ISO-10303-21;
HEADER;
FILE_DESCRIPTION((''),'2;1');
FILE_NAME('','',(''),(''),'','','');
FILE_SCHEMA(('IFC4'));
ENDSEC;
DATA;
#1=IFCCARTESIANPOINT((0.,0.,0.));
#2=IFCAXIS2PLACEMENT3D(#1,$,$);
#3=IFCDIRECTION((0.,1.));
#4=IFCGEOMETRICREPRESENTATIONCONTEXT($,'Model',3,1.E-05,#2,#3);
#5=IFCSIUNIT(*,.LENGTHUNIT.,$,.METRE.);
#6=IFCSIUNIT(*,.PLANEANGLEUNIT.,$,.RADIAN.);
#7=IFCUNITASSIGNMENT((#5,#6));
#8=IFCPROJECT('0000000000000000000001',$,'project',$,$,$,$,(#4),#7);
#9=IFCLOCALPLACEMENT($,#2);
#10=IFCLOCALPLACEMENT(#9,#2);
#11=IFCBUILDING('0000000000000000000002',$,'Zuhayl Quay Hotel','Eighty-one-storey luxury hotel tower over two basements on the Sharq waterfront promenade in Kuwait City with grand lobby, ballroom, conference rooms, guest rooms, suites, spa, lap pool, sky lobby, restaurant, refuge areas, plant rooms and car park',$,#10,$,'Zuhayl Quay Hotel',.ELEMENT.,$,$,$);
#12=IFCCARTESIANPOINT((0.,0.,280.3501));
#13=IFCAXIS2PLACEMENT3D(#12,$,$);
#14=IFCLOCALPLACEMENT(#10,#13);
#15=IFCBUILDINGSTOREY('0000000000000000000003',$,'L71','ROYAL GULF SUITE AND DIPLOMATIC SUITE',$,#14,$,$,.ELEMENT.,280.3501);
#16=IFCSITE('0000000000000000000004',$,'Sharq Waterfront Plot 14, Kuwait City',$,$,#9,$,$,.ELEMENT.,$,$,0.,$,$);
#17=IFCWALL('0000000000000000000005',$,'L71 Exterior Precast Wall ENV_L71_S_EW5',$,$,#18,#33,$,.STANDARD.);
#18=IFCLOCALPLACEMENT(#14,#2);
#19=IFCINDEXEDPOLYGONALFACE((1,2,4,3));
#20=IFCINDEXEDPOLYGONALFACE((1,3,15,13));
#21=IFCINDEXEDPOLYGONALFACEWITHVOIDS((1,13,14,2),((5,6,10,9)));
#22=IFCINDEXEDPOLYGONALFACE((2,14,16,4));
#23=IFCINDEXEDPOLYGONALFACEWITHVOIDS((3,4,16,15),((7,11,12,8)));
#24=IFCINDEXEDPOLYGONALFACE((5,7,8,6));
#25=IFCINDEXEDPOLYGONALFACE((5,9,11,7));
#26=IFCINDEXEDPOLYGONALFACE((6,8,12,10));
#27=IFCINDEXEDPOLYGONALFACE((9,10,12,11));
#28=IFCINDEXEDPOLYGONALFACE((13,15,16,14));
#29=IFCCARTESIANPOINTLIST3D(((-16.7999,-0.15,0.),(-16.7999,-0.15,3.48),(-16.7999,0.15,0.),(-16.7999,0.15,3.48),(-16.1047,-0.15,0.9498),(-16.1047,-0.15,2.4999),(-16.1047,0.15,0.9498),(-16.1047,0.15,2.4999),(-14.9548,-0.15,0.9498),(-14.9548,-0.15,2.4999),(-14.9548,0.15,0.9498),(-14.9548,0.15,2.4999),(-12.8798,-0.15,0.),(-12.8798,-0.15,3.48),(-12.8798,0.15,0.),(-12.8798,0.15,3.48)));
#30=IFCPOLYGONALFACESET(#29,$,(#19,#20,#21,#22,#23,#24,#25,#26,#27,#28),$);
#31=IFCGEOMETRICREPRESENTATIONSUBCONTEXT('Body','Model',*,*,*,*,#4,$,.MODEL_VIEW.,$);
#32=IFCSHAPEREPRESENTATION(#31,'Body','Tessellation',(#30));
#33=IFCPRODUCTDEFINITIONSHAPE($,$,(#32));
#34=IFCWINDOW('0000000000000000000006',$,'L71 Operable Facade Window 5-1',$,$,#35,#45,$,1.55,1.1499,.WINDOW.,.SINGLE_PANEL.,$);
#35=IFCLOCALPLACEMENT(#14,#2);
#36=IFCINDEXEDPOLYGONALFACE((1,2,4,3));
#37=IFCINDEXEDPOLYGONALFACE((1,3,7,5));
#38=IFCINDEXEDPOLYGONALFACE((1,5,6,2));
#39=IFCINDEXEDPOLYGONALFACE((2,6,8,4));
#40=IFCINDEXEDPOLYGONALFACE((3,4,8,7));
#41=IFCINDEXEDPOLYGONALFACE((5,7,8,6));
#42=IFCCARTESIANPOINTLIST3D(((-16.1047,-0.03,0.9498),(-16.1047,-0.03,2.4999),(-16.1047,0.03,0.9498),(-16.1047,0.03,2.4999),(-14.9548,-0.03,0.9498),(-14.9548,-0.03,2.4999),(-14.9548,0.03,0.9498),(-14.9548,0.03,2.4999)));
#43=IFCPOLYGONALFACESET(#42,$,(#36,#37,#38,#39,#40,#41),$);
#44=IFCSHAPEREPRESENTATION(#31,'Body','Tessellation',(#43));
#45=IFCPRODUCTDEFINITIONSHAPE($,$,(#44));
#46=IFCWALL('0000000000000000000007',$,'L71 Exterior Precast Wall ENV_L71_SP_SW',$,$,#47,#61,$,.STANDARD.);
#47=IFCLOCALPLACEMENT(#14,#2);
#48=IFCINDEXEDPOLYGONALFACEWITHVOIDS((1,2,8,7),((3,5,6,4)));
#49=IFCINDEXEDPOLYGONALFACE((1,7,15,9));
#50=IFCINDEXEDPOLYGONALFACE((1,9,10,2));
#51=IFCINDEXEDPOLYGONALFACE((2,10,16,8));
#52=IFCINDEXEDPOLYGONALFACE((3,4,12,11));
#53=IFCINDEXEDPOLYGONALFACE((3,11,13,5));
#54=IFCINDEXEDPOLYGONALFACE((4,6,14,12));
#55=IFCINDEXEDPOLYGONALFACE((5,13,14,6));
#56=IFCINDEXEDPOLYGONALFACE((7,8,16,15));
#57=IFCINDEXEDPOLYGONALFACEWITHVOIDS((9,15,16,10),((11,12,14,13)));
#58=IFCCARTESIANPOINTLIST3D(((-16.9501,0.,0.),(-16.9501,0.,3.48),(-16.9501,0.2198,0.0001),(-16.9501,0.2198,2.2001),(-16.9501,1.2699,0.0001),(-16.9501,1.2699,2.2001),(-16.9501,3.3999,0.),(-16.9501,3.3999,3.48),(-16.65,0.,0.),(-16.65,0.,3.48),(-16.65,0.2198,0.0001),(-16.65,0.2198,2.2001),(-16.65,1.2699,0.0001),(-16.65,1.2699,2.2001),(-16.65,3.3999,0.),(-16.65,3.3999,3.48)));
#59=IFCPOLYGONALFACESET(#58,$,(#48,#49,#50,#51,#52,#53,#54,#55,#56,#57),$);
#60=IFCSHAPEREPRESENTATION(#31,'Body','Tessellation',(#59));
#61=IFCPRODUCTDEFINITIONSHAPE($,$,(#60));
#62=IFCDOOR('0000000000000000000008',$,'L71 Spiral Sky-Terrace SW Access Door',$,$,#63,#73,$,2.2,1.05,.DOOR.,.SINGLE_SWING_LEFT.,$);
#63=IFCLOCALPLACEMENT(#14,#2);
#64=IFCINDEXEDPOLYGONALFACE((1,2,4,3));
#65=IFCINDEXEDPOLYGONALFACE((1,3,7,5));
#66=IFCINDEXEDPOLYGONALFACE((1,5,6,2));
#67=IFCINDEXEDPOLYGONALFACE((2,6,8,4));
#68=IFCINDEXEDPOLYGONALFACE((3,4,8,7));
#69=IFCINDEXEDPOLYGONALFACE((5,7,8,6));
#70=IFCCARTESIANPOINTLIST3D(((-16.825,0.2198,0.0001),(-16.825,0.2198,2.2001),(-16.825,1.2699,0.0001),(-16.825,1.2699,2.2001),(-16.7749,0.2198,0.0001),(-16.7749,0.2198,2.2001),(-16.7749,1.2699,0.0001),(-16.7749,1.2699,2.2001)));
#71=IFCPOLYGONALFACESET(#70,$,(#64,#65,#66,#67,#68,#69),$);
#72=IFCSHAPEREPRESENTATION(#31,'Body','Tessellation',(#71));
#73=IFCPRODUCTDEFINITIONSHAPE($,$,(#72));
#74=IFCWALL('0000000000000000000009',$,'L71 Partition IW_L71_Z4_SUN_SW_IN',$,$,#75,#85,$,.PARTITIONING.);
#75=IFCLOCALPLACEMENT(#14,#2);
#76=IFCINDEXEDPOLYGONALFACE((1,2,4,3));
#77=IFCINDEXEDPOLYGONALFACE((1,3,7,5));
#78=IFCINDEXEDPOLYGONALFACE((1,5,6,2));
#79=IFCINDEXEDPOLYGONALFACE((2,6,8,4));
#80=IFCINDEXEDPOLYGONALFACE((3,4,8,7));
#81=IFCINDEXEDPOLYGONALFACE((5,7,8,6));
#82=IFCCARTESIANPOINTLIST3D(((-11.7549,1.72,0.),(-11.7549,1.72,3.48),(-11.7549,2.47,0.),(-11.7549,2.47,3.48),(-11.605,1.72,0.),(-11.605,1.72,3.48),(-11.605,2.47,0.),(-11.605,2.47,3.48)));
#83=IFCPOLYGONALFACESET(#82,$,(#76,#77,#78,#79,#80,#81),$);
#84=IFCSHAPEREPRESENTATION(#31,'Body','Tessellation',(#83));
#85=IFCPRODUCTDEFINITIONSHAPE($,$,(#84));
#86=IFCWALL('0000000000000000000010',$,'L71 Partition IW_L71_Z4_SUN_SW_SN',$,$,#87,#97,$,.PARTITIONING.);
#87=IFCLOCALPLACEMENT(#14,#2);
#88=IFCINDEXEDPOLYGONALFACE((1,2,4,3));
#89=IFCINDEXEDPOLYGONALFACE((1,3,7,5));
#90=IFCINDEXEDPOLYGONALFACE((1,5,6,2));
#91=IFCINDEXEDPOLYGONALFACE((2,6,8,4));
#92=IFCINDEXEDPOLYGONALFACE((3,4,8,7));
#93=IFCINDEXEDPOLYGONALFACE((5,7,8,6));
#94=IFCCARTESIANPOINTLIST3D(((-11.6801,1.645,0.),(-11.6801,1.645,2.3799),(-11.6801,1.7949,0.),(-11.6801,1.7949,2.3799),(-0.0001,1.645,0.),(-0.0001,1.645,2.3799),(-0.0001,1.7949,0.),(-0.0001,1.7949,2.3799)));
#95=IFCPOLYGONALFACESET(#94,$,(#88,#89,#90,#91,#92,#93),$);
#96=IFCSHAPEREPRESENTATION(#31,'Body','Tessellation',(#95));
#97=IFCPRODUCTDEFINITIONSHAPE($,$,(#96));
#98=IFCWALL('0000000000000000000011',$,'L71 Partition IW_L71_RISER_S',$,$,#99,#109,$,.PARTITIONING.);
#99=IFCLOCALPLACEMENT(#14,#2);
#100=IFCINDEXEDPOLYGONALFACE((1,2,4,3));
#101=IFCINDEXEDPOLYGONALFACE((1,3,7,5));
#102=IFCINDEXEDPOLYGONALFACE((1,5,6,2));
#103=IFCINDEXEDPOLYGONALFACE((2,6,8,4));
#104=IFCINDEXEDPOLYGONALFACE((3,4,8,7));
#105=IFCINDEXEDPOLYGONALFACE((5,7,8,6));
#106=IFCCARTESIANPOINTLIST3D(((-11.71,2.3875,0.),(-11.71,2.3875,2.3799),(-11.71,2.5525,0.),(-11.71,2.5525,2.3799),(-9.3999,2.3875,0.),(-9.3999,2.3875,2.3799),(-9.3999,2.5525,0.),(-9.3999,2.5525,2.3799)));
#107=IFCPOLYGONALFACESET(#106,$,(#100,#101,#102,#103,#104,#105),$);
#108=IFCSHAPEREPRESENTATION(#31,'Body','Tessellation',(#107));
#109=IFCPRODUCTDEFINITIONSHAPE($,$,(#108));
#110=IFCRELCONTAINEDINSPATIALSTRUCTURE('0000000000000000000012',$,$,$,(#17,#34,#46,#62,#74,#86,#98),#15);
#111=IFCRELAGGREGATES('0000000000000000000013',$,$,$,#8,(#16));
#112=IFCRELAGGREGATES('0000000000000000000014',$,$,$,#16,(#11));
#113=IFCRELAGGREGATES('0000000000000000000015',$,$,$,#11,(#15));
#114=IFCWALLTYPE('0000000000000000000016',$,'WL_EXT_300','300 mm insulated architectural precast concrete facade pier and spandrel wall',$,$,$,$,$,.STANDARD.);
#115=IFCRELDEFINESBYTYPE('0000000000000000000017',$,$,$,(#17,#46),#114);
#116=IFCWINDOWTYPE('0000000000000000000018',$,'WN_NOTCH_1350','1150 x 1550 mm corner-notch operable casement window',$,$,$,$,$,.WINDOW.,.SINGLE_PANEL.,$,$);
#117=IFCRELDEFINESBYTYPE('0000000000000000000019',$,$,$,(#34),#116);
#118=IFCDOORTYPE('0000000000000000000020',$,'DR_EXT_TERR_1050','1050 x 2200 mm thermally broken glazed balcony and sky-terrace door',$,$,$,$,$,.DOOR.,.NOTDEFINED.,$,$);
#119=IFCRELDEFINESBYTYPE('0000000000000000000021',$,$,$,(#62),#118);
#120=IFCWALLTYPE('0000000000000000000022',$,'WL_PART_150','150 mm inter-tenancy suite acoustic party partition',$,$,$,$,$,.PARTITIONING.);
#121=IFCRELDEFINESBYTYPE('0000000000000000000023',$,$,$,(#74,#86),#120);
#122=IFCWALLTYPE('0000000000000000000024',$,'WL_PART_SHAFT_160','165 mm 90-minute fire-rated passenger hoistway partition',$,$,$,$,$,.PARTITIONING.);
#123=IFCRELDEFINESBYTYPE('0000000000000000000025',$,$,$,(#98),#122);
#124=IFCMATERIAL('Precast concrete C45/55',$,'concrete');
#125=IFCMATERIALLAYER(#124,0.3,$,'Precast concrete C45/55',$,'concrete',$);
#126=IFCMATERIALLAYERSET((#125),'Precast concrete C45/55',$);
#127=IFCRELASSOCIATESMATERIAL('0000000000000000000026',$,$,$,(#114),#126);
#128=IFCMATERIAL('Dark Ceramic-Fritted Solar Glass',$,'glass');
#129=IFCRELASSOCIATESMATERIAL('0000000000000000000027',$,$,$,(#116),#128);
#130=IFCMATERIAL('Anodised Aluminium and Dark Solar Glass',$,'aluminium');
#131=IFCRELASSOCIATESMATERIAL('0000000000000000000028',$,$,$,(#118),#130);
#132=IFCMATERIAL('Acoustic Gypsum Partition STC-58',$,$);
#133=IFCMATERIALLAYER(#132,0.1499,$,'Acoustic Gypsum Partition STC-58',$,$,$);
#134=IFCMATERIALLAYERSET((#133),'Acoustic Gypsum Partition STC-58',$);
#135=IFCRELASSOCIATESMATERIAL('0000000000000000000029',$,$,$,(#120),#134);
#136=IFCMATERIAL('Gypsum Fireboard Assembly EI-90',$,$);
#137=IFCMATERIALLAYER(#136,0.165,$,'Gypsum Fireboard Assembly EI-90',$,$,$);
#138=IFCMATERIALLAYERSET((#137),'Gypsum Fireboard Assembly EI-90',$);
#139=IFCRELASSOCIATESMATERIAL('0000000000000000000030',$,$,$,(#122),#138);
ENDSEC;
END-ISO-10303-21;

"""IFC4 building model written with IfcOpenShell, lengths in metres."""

from ifc_helpers import new_model, si_unit, direction, frame, frame_2d, origin, place, context, subcontext, project, spatial, rectangle, extrude, material, layer, layer_set, type_object, element, fill, save


model = new_model("IFC4")

# Units and contexts
model_context = context("Model", 3, precision=1e-05, world=origin(), true_north=direction((0.0, 1.0)))
body_context = subcontext(model_context, "Body", "Model", "MODEL_VIEW")
ifc_project = project(units=[si_unit("LENGTHUNIT", "METRE"), si_unit("PLANEANGLEUNIT", "RADIAN")], contexts=[model_context])

# Site, building, storey
site_placement = place(None, origin())
site = spatial("IfcSite", under=ifc_project, at=site_placement, Name="Sharq Waterfront Plot 14, Kuwait City", CompositionType="ELEMENT", RefElevation=0.0)
building_placement = place(site_placement, origin())
building = spatial("IfcBuilding", under=site, at=building_placement, Name="Zuhayl Quay Hotel", Description="Eighty-one-storey luxury hotel tower over two basements on the Sharq waterfront promenade in Kuwait City with grand lobby, ballroom, conference rooms, guest rooms, suites, spa, lap pool, sky lobby, restaurant, refuge areas, plant rooms and car park", LongName="Zuhayl Quay Hotel", CompositionType="ELEMENT")
storey_placement = place(building_placement, frame((0.0, 0.0, 280.3501)))
storey = spatial("IfcBuildingStorey", under=building, at=storey_placement, Name="L71", Description="ROYAL GULF SUITE AND DIPLOMATIC SUITE", CompositionType="ELEMENT", Elevation=280.3501)

# Shared definitions
ifc_material_1 = material(Name="Precast concrete C45/55", Category="concrete")
ifc_layer_1 = layer(ifc_material_1, 0.3, Name="Precast concrete C45/55", Category="concrete")
ifc_layer_set_1 = layer_set([ifc_layer_1], Name="Precast concrete C45/55")
wall_type_1 = type_object("IfcWallType", Name="WL_EXT_300", Description="300 mm insulated architectural precast concrete facade pier and spandrel wall", PredefinedType="STANDARD", material=ifc_layer_set_1)

# Wall, opening, window
wall_1_placement = place(storey_placement, frame((-12.8799, 0.0, 0.0), z_axis=(0.0, 0.0, 1.0), x_axis=(-1.0, 0.0, 0.0)))
wall_1 = element("IfcWall", 1, at=wall_1_placement, inside=storey, type_object=wall_type_1, Name="L71 Exterior Precast Wall ENV_L71_S_EW5", PredefinedType="STANDARD", context=body_context, shape_type="SweptSolid", body=[
    extrude(rectangle(XDim=3.9202, YDim=0.3, at=frame_2d((1.96, 0.0))), origin(), (0.0, 0.0, 1.0), 3.48),
])
opening_1_placement = place(wall_1_placement, frame((2.075, 0.0, 0.95)))
opening_1 = element("IfcOpeningElement", 2, at=opening_1_placement, cuts=wall_1, PredefinedType="OPENING", context=body_context, shape_type="SweptSolid", body=[
    extrude(rectangle(XDim=1.1499, YDim=1.55, at=frame_2d((0.575, 0.7749))), frame((0.0, 0.1599, 0.0), z_axis=(0.0, -1.0, 0.0), x_axis=(1.0, 0.0, 0.0)), (0.0, 0.0, 1.0), 0.3201),
])
ifc_material_2 = material(Name="Dark Ceramic-Fritted Solar Glass", Category="glass")
window_type = type_object("IfcWindowType", Name="WN_NOTCH_1350", Description="1150 x 1550 mm corner-notch operable casement window", PartitioningType="SINGLE_PANEL", PredefinedType="WINDOW", material=ifc_material_2)
window_placement = place(opening_1_placement, origin())
window = element("IfcWindow", 3, at=window_placement, inside=storey, type_object=window_type, Name="L71 Operable Facade Window 5-1", OverallHeight=1.55, OverallWidth=1.1499, PartitioningType="SINGLE_PANEL", PredefinedType="WINDOW", context=body_context, shape_type="SweptSolid", body=[
    extrude(rectangle(XDim=1.1499, YDim=1.55, at=frame_2d((0.575, 0.7749))), frame((0.0, 0.03, 0.0), z_axis=(0.0, -1.0, 0.0), x_axis=(1.0, 0.0, 0.0)), (0.0, 0.0, 1.0), 0.0601),
])
fill(opening_1, window)

# Wall, opening, door
wall_2_placement = place(storey_placement, frame((-16.8, 0.0, 0.0), z_axis=(0.0, 0.0, 1.0), x_axis=(0.0, 1.0, 0.0)))
wall_2 = element("IfcWall", 4, at=wall_2_placement, inside=storey, type_object=wall_type_1, Name="L71 Exterior Precast Wall ENV_L71_SP_SW", PredefinedType="STANDARD", context=body_context, shape_type="SweptSolid", body=[
    extrude(rectangle(XDim=3.3999, YDim=0.3, at=frame_2d((1.7, 0.0))), origin(), (0.0, 0.0, 1.0), 3.48),
])
opening_2_placement = place(wall_2_placement, frame((0.22, 0.0, 0.0)))
opening_2 = element("IfcOpeningElement", 5, at=opening_2_placement, cuts=wall_2, PredefinedType="OPENING", context=body_context, shape_type="SweptSolid", body=[
    extrude(rectangle(XDim=1.05, YDim=2.2, at=frame_2d((0.5249, 1.1001))), frame((0.0, 0.1599, 0.0), z_axis=(0.0, -1.0, 0.0), x_axis=(1.0, 0.0, 0.0)), (0.0, 0.0, 1.0), 0.3201),
])
ifc_material_3 = material(Name="Anodised Aluminium and Dark Solar Glass", Category="aluminium")
door_type_1 = type_object("IfcDoorType", Name="DR_EXT_TERR_1050", Description="1050 x 2200 mm thermally broken glazed balcony and sky-terrace door", OperationType="NOTDEFINED", PredefinedType="DOOR", material=ifc_material_3)
door_1_placement = place(opening_2_placement, origin())
door_1 = element("IfcDoor", 6, at=door_1_placement, inside=storey, type_object=door_type_1, Name="L71 Spiral Sky-Terrace SW Access Door", OperationType="SINGLE_SWING_LEFT", OverallHeight=2.2, OverallWidth=1.05, PredefinedType="DOOR", context=body_context, shape_type="SweptSolid", body=[
    extrude(rectangle(XDim=1.05, YDim=2.2, at=frame_2d((0.5249, 1.1001))), frame((0.0, 0.0249, 0.0), z_axis=(0.0, -1.0, 0.0), x_axis=(1.0, 0.0, 0.0)), (0.0, 0.0, 1.0), 0.05),
])
fill(opening_2, door_1)

# Walls
ifc_material_4 = material(Name="Acoustic Gypsum Partition STC-58")
ifc_layer_2 = layer(ifc_material_4, 0.1499, Name="Acoustic Gypsum Partition STC-58")
ifc_layer_set_2 = layer_set([ifc_layer_2], Name="Acoustic Gypsum Partition STC-58")
wall_type_2 = type_object("IfcWallType", Name="WL_PART_150", Description="150 mm inter-tenancy suite acoustic party partition", PredefinedType="PARTITIONING", material=ifc_layer_set_2)
wall_3_placement = place(storey_placement, frame((-11.6799, 1.72, 0.0), z_axis=(0.0, 0.0, 1.0), x_axis=(0.0, 1.0, 0.0)))
element("IfcWall", 7, at=wall_3_placement, inside=storey, type_object=wall_type_2, Name="L71 Partition IW_L71_Z4_SUN_SW_IN", PredefinedType="PARTITIONING", context=body_context, shape_type="SweptSolid", body=[
    extrude(rectangle(XDim=0.75, YDim=0.1499, at=frame_2d((0.375, 0.0))), origin(), (0.0, 0.0, 1.0), 3.48),
])
wall_4_placement = place(storey_placement, frame((-11.6799, 1.72, 0.0), z_axis=(0.0, 0.0, 1.0), x_axis=(1.0, 0.0, 0.0)))
element("IfcWall", 8, at=wall_4_placement, inside=storey, type_object=wall_type_2, Name="L71 Partition IW_L71_Z4_SUN_SW_SN", PredefinedType="PARTITIONING", context=body_context, shape_type="SweptSolid", body=[
    extrude(rectangle(XDim=11.6799, YDim=0.1499, at=frame_2d((5.8398, 0.0))), origin(), (0.0, 0.0, 1.0), 2.3799),
])

# Wall
ifc_material_5 = material(Name="Gypsum Fireboard Assembly EI-90")
ifc_layer_3 = layer(ifc_material_5, 0.165, Name="Gypsum Fireboard Assembly EI-90")
ifc_layer_set_3 = layer_set([ifc_layer_3], Name="Gypsum Fireboard Assembly EI-90")
wall_type_3 = type_object("IfcWallType", Name="WL_PART_SHAFT_160", Description="165 mm 90-minute fire-rated passenger hoistway partition", PredefinedType="PARTITIONING", material=ifc_layer_set_3)
wall_5_placement = place(storey_placement, frame((-11.71, 2.47, 0.0), z_axis=(0.0, 0.0, 1.0), x_axis=(1.0, 0.0, 0.0)))
element("IfcWall", 9, at=wall_5_placement, inside=storey, type_object=wall_type_3, Name="L71 Partition IW_L71_RISER_S", PredefinedType="PARTITIONING", context=body_context, shape_type="SweptSolid", body=[
    extrude(rectangle(XDim=2.3101, YDim=0.165, at=frame_2d((1.155, 0.0))), origin(), (0.0, 0.0, 1.0), 2.3799),
])

save(model, "model.ifc")
